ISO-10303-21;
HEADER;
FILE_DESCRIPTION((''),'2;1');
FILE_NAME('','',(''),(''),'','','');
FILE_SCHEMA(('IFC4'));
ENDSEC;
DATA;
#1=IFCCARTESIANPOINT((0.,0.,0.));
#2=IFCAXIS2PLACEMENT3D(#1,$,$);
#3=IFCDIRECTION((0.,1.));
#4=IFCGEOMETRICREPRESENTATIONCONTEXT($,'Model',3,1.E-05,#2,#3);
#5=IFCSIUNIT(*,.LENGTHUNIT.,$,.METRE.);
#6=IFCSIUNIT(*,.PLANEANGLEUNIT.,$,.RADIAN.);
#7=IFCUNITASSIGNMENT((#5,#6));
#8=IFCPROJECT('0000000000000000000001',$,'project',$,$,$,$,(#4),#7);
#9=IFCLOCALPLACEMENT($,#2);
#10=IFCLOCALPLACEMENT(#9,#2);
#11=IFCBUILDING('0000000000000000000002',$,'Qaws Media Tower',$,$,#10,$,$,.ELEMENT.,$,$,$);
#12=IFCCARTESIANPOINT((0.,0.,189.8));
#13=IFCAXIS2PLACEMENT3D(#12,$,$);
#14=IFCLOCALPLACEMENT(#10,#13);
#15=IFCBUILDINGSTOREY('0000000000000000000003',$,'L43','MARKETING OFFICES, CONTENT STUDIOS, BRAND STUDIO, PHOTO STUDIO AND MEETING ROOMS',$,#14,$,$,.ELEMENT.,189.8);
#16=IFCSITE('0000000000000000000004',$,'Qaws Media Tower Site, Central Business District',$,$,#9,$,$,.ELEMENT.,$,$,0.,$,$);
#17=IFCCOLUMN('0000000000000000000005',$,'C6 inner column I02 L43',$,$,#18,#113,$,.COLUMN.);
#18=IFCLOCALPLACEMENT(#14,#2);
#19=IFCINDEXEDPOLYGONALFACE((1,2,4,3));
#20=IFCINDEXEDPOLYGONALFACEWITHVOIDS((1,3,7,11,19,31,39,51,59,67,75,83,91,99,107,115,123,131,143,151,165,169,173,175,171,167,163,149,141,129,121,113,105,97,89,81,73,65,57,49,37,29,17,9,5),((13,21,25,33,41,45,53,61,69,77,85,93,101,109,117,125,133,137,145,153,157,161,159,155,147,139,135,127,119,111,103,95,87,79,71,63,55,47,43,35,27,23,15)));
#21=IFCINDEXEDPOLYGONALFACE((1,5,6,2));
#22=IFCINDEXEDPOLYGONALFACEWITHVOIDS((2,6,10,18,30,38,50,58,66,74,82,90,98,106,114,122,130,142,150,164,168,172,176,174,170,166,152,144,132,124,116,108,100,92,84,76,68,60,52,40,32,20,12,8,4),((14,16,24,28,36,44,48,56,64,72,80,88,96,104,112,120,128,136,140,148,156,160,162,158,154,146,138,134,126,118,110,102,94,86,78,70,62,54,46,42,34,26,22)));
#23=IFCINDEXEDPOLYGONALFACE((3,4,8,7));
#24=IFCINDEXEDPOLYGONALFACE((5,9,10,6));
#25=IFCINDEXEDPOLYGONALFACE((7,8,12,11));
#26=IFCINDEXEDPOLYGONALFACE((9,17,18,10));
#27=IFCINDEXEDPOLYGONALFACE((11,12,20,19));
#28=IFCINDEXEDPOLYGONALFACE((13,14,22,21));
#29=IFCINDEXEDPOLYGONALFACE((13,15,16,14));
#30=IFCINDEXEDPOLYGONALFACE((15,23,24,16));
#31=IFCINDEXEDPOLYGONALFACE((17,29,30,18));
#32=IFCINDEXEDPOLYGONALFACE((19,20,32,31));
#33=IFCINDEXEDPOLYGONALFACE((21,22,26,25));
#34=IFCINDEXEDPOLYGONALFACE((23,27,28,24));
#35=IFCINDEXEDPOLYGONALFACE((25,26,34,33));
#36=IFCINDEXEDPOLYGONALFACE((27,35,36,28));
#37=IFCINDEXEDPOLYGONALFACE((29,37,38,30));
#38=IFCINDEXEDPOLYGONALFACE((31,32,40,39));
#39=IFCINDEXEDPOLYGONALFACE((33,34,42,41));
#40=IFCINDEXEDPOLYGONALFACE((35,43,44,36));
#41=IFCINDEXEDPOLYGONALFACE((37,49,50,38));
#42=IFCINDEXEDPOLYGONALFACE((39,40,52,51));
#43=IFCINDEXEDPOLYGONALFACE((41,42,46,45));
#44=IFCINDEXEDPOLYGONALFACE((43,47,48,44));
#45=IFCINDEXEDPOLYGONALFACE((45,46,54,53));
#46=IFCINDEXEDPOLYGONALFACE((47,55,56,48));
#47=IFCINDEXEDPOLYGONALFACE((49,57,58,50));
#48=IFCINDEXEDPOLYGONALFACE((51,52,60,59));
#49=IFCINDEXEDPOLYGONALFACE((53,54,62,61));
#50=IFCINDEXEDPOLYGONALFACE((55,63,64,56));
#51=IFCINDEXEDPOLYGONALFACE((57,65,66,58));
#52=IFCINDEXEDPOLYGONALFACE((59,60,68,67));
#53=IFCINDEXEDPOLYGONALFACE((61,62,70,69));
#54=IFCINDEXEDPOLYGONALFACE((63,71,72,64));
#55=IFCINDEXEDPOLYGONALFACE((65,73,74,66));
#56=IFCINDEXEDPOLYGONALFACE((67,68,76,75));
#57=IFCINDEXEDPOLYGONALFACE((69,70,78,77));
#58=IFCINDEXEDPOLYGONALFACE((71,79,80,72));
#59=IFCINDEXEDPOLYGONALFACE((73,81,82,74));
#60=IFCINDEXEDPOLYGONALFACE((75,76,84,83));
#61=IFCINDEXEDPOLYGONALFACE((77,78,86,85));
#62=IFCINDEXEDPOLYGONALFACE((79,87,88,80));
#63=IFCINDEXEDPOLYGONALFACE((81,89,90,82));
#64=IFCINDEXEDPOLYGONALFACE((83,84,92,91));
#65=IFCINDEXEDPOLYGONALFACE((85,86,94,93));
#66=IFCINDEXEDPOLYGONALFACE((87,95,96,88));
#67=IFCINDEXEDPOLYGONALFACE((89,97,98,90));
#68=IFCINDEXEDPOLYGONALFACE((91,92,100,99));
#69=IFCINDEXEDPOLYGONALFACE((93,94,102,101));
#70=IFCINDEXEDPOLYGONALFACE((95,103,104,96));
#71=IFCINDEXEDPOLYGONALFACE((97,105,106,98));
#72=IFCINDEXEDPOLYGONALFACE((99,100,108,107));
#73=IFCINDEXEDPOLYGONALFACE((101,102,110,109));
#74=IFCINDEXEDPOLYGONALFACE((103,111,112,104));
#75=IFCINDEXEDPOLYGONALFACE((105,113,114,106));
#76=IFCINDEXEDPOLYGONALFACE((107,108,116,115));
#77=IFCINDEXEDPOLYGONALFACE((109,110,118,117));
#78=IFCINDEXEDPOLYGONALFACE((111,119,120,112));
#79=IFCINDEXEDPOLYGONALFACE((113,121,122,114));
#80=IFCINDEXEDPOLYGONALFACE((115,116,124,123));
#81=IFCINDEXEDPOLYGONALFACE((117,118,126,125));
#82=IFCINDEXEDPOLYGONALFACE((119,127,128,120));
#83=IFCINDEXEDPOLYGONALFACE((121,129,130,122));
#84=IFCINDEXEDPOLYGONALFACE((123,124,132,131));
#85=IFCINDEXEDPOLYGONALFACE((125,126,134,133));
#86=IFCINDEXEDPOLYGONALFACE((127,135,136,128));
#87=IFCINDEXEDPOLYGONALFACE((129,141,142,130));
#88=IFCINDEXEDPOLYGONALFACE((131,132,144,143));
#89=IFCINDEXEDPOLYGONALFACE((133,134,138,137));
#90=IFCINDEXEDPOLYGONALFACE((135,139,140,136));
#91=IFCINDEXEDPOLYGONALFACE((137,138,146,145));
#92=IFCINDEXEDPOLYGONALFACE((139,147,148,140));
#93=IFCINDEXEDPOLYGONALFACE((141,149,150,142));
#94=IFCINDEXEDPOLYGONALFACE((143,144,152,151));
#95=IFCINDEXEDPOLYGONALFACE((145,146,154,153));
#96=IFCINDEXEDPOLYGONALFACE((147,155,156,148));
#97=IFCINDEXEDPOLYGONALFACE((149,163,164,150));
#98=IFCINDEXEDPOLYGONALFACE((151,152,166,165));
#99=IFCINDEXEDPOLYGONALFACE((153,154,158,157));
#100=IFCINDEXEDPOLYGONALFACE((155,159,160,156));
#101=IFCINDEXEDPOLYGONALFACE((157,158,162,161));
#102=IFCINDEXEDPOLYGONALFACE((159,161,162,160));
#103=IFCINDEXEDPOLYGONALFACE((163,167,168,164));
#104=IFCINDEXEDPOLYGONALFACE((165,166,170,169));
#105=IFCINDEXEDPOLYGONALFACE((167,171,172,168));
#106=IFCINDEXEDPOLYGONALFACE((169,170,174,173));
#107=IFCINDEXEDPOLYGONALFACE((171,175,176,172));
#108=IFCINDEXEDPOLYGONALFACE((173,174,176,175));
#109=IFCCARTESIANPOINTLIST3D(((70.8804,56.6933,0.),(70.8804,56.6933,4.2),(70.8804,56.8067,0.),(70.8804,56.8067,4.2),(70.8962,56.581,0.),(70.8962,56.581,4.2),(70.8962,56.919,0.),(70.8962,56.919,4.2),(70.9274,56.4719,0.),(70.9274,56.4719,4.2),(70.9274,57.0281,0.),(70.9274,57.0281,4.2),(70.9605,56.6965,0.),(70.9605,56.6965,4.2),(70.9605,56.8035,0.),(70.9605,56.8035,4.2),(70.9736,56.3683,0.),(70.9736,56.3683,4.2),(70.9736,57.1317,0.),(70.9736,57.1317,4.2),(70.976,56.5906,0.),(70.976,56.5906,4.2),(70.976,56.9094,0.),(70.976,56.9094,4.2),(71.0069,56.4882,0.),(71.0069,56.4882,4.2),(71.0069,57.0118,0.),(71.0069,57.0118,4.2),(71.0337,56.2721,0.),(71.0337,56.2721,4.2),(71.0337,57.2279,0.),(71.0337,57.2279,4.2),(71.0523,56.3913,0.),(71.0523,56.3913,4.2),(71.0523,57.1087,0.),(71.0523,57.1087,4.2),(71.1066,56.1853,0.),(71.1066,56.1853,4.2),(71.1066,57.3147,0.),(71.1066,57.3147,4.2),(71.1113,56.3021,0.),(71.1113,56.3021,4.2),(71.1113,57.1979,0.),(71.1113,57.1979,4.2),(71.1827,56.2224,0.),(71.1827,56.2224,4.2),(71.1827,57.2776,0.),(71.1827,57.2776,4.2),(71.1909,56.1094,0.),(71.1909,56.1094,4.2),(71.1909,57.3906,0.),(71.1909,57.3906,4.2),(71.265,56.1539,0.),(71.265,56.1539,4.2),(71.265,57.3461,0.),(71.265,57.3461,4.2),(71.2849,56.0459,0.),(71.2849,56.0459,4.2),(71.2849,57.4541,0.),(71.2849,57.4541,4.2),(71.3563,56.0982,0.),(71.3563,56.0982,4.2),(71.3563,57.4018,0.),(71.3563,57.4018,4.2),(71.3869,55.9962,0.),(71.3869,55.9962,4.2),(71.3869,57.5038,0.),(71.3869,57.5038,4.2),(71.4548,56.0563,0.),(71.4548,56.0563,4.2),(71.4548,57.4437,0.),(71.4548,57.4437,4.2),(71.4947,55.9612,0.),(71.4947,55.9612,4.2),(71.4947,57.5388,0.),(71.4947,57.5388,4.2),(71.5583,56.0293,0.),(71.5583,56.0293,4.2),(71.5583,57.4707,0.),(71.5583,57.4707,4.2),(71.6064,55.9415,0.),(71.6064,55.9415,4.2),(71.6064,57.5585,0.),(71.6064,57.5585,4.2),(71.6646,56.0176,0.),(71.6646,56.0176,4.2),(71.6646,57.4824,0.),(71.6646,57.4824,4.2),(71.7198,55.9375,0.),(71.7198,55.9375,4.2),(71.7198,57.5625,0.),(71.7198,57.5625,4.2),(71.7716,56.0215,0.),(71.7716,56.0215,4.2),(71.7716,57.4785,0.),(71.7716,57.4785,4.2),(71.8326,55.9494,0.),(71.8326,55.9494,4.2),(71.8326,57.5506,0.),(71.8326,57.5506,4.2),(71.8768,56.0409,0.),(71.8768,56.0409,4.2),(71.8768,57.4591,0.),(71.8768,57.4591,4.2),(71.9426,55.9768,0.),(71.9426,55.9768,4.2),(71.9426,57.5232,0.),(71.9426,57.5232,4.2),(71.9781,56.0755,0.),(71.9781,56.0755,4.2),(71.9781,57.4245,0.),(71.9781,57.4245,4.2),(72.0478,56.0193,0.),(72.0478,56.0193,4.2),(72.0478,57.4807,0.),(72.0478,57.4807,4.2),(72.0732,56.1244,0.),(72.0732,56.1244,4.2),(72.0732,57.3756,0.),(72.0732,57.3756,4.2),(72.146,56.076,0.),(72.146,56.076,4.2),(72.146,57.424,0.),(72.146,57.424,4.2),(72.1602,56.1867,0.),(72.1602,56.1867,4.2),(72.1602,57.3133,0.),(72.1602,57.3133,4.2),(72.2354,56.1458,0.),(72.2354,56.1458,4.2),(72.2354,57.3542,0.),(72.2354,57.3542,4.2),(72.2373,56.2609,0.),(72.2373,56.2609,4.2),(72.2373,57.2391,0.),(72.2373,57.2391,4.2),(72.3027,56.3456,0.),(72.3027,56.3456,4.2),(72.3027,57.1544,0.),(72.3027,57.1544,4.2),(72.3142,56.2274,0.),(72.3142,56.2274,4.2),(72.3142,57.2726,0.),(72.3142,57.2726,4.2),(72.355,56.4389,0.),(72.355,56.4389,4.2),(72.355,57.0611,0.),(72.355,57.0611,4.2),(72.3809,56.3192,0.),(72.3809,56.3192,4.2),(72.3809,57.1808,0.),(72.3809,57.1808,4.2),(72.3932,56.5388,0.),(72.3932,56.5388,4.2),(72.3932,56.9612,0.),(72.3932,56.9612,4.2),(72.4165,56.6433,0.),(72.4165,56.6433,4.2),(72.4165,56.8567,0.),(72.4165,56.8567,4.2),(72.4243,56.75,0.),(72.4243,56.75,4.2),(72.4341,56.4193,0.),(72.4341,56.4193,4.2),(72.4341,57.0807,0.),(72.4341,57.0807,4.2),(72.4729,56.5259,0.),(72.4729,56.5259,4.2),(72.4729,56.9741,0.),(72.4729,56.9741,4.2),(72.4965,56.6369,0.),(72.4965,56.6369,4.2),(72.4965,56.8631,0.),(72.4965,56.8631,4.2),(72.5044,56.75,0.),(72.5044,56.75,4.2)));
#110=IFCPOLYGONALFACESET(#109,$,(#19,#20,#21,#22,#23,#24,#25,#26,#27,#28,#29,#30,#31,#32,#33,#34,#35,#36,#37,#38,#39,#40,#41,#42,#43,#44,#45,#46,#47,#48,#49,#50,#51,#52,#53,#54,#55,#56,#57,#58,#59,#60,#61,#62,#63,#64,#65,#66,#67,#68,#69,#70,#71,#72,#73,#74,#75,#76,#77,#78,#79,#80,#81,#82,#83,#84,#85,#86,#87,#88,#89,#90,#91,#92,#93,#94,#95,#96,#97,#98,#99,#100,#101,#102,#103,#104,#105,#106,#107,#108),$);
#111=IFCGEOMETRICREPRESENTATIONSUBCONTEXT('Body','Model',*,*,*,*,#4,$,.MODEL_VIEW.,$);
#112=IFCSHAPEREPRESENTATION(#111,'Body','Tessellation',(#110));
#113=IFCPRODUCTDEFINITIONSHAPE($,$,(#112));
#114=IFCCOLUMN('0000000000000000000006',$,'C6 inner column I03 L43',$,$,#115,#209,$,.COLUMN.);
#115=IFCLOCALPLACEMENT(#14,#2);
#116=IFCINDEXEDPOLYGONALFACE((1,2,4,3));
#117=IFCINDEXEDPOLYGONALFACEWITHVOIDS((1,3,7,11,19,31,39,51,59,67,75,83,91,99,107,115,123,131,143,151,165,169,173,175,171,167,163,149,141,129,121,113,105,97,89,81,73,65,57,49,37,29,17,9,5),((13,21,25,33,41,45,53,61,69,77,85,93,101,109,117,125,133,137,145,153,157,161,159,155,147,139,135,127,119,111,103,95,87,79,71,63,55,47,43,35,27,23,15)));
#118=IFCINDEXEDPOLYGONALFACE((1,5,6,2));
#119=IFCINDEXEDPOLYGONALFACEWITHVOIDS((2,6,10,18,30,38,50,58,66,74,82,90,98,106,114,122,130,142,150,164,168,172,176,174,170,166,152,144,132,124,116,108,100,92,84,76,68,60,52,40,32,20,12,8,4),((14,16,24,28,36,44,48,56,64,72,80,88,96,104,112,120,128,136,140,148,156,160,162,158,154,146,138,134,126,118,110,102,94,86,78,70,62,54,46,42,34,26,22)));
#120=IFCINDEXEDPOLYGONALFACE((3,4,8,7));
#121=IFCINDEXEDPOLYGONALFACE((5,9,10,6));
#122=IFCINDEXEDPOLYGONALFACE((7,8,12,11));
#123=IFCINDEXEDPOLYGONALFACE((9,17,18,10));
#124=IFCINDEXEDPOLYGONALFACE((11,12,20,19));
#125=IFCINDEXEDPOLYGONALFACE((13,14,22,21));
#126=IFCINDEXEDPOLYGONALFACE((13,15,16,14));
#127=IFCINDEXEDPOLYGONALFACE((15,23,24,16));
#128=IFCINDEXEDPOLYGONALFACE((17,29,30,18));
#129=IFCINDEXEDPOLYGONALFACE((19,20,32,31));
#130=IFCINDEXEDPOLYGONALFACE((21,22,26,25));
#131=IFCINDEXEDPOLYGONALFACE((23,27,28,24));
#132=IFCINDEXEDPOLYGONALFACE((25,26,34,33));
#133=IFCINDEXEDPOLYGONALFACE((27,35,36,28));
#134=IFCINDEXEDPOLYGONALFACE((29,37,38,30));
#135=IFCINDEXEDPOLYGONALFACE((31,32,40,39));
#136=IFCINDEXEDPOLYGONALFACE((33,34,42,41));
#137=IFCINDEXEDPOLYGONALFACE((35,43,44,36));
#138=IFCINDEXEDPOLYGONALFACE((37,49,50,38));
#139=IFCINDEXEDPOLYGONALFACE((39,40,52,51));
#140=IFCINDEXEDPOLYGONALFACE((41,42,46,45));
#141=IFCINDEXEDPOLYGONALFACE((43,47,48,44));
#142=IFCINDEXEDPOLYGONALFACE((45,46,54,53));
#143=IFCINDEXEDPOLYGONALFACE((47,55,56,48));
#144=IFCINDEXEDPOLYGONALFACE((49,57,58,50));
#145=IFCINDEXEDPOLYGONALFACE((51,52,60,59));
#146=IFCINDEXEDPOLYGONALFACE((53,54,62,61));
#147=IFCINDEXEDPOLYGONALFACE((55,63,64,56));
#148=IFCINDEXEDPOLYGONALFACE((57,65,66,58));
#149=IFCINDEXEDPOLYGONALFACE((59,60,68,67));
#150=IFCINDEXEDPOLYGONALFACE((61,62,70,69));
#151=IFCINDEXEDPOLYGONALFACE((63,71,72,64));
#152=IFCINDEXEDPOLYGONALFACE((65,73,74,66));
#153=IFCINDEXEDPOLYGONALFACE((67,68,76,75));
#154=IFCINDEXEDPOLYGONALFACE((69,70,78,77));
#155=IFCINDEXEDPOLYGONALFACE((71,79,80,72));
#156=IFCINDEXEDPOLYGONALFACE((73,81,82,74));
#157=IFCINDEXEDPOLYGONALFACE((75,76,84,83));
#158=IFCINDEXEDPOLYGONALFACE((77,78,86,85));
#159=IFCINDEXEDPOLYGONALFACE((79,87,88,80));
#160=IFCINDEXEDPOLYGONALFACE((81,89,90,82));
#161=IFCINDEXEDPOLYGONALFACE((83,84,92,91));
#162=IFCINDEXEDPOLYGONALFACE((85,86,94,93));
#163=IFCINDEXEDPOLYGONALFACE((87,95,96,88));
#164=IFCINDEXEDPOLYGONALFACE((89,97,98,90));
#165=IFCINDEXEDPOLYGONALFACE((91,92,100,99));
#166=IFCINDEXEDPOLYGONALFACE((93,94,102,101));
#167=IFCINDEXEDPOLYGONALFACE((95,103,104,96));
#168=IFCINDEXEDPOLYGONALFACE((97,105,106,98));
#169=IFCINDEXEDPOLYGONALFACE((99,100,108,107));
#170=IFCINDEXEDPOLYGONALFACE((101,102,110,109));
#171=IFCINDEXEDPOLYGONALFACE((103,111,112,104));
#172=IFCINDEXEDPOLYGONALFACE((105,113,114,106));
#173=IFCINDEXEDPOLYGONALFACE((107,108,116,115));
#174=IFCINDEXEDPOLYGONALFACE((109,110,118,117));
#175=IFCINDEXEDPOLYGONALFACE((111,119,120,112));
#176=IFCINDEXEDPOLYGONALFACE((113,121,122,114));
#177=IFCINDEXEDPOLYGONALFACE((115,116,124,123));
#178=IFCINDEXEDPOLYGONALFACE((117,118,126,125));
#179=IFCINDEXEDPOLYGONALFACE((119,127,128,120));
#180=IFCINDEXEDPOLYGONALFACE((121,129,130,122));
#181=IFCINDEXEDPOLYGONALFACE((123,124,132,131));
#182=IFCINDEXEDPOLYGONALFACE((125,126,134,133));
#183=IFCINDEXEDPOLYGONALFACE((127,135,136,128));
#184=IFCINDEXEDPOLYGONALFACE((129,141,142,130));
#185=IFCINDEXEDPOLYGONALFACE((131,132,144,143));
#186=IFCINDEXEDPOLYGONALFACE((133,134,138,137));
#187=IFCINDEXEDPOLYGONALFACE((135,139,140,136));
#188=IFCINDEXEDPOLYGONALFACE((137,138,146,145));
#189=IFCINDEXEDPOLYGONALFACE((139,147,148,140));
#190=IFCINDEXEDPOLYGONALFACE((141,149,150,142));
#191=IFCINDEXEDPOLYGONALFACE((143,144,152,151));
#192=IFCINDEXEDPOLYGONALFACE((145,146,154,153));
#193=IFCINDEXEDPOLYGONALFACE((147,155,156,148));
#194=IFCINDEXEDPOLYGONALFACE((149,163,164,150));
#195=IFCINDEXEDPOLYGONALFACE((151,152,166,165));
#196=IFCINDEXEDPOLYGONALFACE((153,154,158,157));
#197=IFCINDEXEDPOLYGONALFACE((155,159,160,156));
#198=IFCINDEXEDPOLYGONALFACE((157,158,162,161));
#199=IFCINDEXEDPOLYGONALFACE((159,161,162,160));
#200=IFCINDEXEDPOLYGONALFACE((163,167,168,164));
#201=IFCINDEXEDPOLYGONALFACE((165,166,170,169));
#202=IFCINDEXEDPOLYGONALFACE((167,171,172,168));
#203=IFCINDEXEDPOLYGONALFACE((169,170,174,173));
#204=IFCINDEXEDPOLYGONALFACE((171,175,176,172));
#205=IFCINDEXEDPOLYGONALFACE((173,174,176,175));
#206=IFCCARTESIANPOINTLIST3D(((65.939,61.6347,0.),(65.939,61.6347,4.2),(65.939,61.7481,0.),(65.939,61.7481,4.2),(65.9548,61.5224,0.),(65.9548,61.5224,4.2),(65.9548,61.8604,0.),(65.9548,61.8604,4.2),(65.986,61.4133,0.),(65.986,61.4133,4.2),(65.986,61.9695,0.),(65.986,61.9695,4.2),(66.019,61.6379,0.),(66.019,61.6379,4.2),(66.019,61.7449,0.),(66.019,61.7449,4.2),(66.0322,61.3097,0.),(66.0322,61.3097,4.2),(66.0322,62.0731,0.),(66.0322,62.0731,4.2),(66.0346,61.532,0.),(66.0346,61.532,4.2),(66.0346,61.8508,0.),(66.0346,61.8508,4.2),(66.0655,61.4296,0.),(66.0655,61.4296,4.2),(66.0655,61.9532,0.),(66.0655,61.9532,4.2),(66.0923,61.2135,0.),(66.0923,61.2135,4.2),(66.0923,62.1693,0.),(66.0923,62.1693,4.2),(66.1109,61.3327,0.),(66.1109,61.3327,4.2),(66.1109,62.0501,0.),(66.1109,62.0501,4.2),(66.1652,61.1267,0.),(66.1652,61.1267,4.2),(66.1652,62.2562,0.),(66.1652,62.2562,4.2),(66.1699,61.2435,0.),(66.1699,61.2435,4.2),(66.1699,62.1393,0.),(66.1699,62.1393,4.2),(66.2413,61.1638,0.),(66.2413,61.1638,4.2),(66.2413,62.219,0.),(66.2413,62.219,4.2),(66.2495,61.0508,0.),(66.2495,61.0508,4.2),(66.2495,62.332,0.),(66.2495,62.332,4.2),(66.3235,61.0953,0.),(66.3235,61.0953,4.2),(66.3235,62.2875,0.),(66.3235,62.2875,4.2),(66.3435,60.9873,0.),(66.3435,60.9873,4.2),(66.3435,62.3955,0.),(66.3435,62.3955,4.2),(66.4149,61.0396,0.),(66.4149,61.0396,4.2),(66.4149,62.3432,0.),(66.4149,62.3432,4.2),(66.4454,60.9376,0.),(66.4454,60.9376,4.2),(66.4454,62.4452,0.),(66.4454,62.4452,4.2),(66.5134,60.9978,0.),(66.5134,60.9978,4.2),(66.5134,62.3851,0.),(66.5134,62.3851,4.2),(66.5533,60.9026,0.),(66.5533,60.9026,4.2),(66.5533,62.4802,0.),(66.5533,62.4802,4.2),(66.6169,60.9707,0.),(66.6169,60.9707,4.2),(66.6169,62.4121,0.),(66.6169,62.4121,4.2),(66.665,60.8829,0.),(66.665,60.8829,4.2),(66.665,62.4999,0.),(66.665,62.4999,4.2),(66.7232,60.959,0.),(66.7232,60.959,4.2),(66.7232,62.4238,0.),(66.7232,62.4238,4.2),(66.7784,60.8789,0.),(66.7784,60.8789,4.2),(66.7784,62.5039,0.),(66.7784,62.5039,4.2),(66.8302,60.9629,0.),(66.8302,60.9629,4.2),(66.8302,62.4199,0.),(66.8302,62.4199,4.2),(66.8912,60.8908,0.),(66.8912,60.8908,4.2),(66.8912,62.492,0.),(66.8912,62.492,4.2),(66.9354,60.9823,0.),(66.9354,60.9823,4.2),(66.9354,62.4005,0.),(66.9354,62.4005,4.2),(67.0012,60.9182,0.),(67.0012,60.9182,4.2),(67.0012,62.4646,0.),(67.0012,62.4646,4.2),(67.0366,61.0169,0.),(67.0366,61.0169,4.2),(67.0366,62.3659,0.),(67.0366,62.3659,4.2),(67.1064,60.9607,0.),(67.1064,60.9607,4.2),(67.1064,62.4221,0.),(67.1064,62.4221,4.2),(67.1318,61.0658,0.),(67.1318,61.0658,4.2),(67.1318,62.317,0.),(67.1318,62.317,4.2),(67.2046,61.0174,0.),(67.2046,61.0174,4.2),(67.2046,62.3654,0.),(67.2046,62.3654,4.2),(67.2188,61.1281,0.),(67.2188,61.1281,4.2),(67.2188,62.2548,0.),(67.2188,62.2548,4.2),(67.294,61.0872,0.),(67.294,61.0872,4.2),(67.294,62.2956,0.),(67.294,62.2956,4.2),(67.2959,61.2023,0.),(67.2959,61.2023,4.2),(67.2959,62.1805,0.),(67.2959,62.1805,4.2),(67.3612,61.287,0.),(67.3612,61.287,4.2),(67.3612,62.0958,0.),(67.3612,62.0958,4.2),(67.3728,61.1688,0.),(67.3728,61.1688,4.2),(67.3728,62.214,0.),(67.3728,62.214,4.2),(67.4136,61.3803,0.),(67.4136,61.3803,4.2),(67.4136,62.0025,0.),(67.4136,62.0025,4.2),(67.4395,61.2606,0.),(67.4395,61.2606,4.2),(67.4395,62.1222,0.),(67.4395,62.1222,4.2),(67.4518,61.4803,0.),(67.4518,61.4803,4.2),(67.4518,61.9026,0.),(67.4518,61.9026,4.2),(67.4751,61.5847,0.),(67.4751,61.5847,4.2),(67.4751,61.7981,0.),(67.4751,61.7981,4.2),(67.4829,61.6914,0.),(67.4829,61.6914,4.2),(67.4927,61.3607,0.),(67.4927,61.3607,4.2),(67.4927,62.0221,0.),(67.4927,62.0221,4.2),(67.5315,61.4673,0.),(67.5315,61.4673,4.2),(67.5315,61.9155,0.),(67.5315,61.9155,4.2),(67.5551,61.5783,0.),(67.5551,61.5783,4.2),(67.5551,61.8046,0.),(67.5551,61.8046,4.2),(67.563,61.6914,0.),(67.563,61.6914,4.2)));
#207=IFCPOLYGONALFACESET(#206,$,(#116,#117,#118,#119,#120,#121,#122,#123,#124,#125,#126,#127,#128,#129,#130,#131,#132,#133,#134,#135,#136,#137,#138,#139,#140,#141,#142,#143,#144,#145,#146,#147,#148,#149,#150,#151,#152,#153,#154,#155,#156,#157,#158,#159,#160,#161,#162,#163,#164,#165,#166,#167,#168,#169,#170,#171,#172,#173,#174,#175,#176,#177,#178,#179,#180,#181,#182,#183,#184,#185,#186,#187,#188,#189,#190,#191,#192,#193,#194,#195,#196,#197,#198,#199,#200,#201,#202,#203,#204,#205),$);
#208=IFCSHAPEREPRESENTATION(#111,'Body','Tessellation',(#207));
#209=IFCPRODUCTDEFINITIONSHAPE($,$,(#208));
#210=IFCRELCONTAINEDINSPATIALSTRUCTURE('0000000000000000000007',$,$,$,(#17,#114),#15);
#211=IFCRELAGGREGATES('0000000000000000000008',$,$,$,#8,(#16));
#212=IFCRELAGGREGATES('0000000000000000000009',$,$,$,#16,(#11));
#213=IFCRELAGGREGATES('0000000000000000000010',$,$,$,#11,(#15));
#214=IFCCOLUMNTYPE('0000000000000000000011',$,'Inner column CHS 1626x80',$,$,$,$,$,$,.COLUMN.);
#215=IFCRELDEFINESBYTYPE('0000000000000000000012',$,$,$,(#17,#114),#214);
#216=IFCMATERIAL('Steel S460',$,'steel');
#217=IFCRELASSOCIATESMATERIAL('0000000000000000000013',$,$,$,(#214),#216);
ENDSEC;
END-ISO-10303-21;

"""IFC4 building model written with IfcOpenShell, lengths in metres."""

from ifc_helpers import new_model, si_unit, direction, frame, origin, origin_2d, place, context, subcontext, project, spatial, hollow_circle, extrude, material, material_profile, profile_set, type_object, element, save


model = new_model("IFC4")

# Units and contexts
model_context = context("Model", 3, precision=1e-05, world=origin(), true_north=direction((0.0, 1.0)))
body_context = subcontext(model_context, "Body", "Model", "MODEL_VIEW")
ifc_project = project(units=[si_unit("LENGTHUNIT", "METRE"), si_unit("PLANEANGLEUNIT", "RADIAN")], contexts=[model_context])

# Site, building, storey
site_placement = place(None, origin())
site = spatial("IfcSite", under=ifc_project, at=site_placement, Name="Qaws Media Tower Site, Central Business District", CompositionType="ELEMENT", RefElevation=0.0)
building_placement = place(site_placement, origin())
building = spatial("IfcBuilding", under=site, at=building_placement, Name="Qaws Media Tower", CompositionType="ELEMENT")
storey_placement = place(building_placement, frame((0.0, 0.0, 189.8)))
storey = spatial("IfcBuildingStorey", under=building, at=storey_placement, Name="L43", Description="MARKETING OFFICES, CONTENT STUDIOS, BRAND STUDIO, PHOTO STUDIO AND MEETING ROOMS", CompositionType="ELEMENT", Elevation=189.8)

# Columns
ifc_material_1 = material(Name="Steel S460", Category="steel")
ifc_material_profile_1 = material_profile(ifc_material_1, hollow_circle(Radius=0.813, WallThickness=0.0801, at=origin_2d()), Name="CHS 1626x80")
ifc_profile_set_1 = profile_set([ifc_material_profile_1], Name="Steel S460")
column_type = type_object("IfcColumnType", Name="Inner column CHS 1626x80", PredefinedType="COLUMN", material=ifc_profile_set_1)
for number, where, z_axis, x_axis, name in (
    (1, (71.6914, 56.75, 0.0), (0.0, 0.0, 1.0), (1.0, 0.0, 0.0), "C6 inner column I02 L43"),
    (2, (66.75, 61.6914, 0.0), (0.0, 0.0, 1.0), (1.0, 0.0, 0.0), "C6 inner column I03 L43"),
):
    element("IfcColumn", number, at=place(storey_placement, frame(where, z_axis=z_axis, x_axis=x_axis)), inside=storey, type_object=column_type, Name=name, PredefinedType="COLUMN", context=body_context, shape_type="SweptSolid", body=[
        extrude(hollow_circle(Radius=0.813, WallThickness=0.0801, at=origin_2d()), origin(), (0.0, 0.0, 1.0), 4.2),
    ])

save(model, "model.ifc")
